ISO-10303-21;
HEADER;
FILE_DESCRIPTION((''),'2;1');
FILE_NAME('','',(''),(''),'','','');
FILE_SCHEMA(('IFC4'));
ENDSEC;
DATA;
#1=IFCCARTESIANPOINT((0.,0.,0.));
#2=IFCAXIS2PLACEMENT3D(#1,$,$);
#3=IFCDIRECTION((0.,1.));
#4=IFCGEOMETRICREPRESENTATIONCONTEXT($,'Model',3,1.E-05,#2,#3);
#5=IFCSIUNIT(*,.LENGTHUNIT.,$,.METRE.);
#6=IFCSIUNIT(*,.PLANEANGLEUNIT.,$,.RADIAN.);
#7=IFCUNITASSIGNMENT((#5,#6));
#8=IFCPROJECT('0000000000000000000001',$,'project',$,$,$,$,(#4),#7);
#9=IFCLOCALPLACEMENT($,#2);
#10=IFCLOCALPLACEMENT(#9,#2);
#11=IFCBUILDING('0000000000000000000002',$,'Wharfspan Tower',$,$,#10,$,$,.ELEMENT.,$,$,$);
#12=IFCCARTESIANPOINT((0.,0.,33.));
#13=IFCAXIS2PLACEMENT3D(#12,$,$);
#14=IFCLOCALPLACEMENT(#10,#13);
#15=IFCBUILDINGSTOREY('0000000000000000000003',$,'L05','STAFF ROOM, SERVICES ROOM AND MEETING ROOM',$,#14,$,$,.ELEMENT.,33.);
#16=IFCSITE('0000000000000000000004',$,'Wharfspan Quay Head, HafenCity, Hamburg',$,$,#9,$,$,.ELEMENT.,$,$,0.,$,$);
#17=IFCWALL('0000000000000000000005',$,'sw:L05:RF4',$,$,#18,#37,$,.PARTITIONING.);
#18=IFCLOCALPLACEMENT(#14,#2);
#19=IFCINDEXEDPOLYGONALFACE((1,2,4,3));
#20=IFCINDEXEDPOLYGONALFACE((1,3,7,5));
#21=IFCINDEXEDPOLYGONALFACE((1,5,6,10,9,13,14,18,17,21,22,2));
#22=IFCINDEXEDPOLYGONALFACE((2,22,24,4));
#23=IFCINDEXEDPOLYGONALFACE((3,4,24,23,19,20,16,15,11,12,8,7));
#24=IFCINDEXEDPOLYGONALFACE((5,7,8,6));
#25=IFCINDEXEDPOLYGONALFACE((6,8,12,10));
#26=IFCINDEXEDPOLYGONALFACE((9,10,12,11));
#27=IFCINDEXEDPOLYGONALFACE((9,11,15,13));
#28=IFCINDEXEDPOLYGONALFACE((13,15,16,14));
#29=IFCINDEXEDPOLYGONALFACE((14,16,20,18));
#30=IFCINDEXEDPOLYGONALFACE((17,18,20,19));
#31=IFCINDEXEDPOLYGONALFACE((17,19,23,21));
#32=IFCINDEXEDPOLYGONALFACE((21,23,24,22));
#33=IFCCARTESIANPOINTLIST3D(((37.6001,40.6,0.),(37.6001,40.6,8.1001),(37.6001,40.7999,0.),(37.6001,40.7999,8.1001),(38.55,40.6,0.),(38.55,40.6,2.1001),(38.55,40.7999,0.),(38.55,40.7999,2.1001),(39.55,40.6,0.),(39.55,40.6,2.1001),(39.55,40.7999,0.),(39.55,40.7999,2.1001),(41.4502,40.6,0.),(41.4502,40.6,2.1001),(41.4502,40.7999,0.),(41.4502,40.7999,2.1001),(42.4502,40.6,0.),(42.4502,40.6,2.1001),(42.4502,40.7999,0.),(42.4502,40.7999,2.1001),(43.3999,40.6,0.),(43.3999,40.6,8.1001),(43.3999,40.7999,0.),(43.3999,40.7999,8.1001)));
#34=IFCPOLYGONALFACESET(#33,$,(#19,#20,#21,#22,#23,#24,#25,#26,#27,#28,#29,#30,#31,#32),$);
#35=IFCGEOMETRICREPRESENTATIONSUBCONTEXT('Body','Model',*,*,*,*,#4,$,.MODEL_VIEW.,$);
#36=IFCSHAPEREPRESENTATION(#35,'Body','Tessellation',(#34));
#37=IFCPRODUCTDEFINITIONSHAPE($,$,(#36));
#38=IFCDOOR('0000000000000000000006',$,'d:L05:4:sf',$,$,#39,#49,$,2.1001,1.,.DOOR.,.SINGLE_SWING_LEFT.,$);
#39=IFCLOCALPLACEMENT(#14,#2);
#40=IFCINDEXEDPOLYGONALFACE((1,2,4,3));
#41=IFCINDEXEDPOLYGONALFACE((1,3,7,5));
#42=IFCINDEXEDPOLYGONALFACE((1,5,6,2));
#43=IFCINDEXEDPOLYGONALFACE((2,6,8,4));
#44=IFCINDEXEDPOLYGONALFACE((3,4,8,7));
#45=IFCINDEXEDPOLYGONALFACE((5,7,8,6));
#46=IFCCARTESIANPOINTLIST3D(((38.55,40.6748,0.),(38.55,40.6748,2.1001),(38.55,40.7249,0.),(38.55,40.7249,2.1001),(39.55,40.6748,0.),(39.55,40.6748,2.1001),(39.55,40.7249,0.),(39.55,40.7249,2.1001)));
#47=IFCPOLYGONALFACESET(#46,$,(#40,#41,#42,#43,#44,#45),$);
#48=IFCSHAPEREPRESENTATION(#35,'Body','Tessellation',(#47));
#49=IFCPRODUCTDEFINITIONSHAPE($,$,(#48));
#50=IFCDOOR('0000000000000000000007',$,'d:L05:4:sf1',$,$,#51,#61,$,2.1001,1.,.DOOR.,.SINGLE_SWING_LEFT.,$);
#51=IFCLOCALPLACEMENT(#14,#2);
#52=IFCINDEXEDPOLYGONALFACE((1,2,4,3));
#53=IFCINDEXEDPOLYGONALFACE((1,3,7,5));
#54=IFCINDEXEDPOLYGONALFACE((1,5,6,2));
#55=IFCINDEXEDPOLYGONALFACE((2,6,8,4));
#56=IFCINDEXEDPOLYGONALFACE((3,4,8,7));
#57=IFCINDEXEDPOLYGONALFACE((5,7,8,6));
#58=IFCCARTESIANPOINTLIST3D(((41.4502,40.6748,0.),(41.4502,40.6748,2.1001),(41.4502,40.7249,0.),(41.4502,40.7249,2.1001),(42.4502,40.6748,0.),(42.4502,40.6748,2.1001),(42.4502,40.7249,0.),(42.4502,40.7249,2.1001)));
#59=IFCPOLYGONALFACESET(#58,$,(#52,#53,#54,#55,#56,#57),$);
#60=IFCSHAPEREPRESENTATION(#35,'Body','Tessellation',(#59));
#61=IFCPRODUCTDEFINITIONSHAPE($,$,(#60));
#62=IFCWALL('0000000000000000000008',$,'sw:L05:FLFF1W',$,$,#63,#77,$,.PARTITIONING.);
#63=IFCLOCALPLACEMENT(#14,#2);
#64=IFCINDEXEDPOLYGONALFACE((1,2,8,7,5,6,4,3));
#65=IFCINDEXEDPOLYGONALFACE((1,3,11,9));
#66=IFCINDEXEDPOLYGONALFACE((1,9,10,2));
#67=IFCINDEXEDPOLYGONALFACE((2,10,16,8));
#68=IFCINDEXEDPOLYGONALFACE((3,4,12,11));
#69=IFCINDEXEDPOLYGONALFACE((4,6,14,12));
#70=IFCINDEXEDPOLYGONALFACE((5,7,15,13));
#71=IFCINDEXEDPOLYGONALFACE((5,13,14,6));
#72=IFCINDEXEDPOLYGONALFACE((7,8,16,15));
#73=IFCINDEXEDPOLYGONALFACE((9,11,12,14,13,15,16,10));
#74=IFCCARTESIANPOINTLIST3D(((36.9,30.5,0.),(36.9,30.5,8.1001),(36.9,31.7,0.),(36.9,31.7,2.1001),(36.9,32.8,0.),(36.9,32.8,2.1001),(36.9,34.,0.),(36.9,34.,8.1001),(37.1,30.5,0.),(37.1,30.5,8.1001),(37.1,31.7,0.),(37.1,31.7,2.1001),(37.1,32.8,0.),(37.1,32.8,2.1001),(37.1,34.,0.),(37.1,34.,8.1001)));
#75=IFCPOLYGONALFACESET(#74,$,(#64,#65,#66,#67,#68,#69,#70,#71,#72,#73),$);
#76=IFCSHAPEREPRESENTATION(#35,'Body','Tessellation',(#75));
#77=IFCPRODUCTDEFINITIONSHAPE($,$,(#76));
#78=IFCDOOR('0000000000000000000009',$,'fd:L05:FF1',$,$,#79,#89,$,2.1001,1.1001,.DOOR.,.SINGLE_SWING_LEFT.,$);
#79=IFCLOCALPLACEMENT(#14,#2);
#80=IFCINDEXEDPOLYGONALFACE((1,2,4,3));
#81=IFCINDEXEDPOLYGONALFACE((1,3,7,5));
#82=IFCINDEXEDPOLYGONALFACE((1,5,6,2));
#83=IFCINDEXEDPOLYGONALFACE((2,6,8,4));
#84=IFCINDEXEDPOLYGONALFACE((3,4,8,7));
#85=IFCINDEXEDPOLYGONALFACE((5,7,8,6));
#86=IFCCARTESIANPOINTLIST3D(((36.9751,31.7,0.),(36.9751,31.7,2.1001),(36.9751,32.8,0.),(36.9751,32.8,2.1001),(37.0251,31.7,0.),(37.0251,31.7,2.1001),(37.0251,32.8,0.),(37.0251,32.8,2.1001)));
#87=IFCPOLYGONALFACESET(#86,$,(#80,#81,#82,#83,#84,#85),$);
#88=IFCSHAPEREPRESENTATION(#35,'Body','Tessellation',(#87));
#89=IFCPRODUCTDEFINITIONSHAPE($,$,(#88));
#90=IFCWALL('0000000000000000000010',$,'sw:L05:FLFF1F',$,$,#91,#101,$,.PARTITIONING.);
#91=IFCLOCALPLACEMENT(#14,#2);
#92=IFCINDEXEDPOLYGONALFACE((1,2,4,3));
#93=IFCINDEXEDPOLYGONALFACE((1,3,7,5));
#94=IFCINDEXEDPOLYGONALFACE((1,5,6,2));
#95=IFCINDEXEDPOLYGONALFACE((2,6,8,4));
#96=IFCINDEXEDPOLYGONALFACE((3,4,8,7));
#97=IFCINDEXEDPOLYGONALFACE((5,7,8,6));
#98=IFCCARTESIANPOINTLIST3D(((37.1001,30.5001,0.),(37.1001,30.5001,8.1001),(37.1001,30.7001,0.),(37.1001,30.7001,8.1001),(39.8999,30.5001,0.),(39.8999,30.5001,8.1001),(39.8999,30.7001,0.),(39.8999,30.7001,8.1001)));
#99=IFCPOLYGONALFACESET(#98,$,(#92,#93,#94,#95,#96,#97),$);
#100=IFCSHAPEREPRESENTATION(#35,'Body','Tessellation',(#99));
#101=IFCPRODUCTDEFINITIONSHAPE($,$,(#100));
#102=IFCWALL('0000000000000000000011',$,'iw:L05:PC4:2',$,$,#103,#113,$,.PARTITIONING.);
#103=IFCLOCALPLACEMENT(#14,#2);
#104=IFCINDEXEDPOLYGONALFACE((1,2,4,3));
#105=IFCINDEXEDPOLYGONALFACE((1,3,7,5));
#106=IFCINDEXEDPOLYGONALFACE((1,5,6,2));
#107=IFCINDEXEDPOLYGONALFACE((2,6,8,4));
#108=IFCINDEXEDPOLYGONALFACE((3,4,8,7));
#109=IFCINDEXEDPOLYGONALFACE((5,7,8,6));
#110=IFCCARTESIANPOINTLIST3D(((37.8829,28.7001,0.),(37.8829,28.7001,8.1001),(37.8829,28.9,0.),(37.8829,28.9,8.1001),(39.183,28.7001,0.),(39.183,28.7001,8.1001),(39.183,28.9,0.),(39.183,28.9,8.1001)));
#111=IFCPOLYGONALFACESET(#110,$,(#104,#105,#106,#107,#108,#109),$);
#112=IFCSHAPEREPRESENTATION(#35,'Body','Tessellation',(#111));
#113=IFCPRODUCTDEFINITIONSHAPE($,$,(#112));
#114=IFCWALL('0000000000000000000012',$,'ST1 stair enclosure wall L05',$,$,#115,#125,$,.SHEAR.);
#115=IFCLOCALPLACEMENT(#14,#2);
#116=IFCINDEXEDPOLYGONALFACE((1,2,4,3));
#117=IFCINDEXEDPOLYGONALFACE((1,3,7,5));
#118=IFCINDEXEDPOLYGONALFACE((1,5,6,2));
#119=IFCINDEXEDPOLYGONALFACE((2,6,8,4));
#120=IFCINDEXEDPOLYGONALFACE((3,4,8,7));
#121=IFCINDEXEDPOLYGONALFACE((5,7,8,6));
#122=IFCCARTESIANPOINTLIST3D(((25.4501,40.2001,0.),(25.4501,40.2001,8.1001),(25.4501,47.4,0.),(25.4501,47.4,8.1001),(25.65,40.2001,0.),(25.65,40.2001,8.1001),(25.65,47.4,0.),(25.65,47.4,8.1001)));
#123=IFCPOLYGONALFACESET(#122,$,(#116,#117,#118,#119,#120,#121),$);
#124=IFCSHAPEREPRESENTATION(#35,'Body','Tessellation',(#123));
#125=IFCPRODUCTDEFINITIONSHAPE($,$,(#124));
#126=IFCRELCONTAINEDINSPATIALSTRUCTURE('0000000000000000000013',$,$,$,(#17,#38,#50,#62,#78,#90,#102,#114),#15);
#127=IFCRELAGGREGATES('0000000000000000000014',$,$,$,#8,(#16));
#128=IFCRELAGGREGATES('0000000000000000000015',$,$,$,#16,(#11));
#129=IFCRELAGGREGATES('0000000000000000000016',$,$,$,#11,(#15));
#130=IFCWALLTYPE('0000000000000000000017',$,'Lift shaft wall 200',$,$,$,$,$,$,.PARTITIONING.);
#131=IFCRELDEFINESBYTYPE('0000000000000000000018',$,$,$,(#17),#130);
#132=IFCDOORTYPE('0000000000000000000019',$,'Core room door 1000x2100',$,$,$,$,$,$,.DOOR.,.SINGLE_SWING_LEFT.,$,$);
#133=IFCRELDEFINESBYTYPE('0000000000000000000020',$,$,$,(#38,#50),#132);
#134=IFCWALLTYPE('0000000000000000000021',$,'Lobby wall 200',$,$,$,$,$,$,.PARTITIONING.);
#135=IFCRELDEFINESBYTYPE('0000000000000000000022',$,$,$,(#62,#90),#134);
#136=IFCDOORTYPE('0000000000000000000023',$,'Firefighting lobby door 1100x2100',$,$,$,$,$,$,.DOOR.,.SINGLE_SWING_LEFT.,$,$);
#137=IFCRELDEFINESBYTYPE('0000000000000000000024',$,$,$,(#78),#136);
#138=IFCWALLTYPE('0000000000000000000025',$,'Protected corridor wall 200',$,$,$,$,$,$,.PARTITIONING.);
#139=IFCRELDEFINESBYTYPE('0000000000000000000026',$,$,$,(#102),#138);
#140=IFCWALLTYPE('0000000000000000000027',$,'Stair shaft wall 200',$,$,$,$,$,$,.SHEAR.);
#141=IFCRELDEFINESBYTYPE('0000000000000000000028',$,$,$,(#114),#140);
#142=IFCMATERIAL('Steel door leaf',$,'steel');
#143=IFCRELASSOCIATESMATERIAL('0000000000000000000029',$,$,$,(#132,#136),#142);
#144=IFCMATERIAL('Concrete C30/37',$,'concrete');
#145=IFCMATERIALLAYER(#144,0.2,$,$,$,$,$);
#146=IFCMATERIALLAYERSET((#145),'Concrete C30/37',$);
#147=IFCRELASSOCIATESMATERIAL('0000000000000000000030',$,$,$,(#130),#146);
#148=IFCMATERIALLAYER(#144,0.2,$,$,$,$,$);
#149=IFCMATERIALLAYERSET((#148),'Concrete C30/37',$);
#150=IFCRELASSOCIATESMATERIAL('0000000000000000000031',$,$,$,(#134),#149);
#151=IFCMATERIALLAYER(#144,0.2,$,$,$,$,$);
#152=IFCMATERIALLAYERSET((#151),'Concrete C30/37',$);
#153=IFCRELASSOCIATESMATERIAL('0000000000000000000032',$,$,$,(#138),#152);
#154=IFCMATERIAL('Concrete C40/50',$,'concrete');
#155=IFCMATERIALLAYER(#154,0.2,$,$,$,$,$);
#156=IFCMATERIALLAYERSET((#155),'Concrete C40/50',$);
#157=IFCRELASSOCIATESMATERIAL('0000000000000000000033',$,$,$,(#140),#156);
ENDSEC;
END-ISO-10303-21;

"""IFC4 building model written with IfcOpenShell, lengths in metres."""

from ifc_helpers import new_model, si_unit, direction, frame, frame_2d, origin, place, context, subcontext, project, spatial, rectangle, extrude, material, layer, layer_set, type_object, element, fill, save


model = new_model("IFC4")

# Units and contexts
model_context = context("Model", 3, precision=1e-05, world=origin(), true_north=direction((0.0, 1.0)))
body_context = subcontext(model_context, "Body", "Model", "MODEL_VIEW")
ifc_project = project(units=[si_unit("LENGTHUNIT", "METRE"), si_unit("PLANEANGLEUNIT", "RADIAN")], contexts=[model_context])

# Site, building, storey
site_placement = place(None, origin())
site = spatial("IfcSite", under=ifc_project, at=site_placement, Name="Wharfspan Quay Head, HafenCity, Hamburg", CompositionType="ELEMENT", RefElevation=0.0)
building_placement = place(site_placement, origin())
building = spatial("IfcBuilding", under=site, at=building_placement, Name="Wharfspan Tower", CompositionType="ELEMENT")
storey_placement = place(building_placement, frame((0.0, 0.0, 33.0)))
storey = spatial("IfcBuildingStorey", under=building, at=storey_placement, Name="L05", Description="STAFF ROOM, SERVICES ROOM AND MEETING ROOM", CompositionType="ELEMENT", Elevation=33.0)

# Shared definitions
ifc_material_1 = material(Name="Steel door leaf", Category="steel")

# Wall, openings, doors
door_type_1 = type_object("IfcDoorType", Name="Core room door 1000x2100", OperationType="SINGLE_SWING_LEFT", PredefinedType="DOOR", material=ifc_material_1)
ifc_material_2 = material(Name="Concrete C30/37", Category="concrete")
ifc_layer_1 = layer(ifc_material_2, 0.2)
ifc_layer_set_1 = layer_set([ifc_layer_1], Name="Concrete C30/37")
wall_type_1 = type_object("IfcWallType", Name="Lift shaft wall 200", PredefinedType="PARTITIONING", material=ifc_layer_set_1)
wall_1_placement = place(storey_placement, frame((37.6001, 40.7, 0.0), z_axis=(0.0, 0.0, 1.0), x_axis=(1.0, 0.0, 0.0)))
wall_1 = element("IfcWall", 1, at=wall_1_placement, inside=storey, type_object=wall_type_1, Name="sw:L05:RF4", PredefinedType="PARTITIONING", context=body_context, shape_type="SweptSolid", body=[
    extrude(rectangle(XDim=5.7998, YDim=0.2, at=frame_2d((2.8999, 0.0))), origin(), (0.0, 0.0, 1.0), 8.1001),
])
opening_1_placement = place(wall_1_placement, frame((0.95, 0.0, 0.0)))
opening_1 = element("IfcOpeningElement", 2, at=opening_1_placement, cuts=wall_1, PredefinedType="OPENING", context=body_context, shape_type="SweptSolid", body=[
    extrude(rectangle(XDim=1.0, YDim=2.1001, at=frame_2d((0.5, 1.05))), frame((0.0, 0.1099, 0.0), z_axis=(0.0, -1.0, 0.0), x_axis=(1.0, 0.0, 0.0)), (0.0, 0.0, 1.0), 0.22),
])
opening_2_placement = place(wall_1_placement, frame((3.8501, 0.0, 0.0)))
opening_2 = element("IfcOpeningElement", 3, at=opening_2_placement, cuts=wall_1, PredefinedType="OPENING", context=body_context, shape_type="SweptSolid", body=[
    extrude(rectangle(XDim=1.0, YDim=2.1001, at=frame_2d((0.5, 1.05))), frame((0.0, 0.1099, 0.0), z_axis=(0.0, -1.0, 0.0), x_axis=(1.0, 0.0, 0.0)), (0.0, 0.0, 1.0), 0.22),
])
door_1_placement = place(opening_1_placement, origin())
door_1 = element("IfcDoor", 4, at=door_1_placement, inside=storey, type_object=door_type_1, Name="d:L05:4:sf", OperationType="SINGLE_SWING_LEFT", OverallHeight=2.1001, OverallWidth=1.0, PredefinedType="DOOR", context=body_context, shape_type="SweptSolid", body=[
    extrude(rectangle(XDim=1.0, YDim=2.1001, at=frame_2d((0.5, 1.05))), frame((0.0, 0.0249, 0.0), z_axis=(0.0, -1.0, 0.0), x_axis=(1.0, 0.0, 0.0)), (0.0, 0.0, 1.0), 0.05),
])
fill(opening_1, door_1)
door_2_placement = place(opening_2_placement, origin())
door_2 = element("IfcDoor", 5, at=door_2_placement, inside=storey, type_object=door_type_1, Name="d:L05:4:sf1", OperationType="SINGLE_SWING_LEFT", OverallHeight=2.1001, OverallWidth=1.0, PredefinedType="DOOR", context=body_context, shape_type="SweptSolid", body=[
    extrude(rectangle(XDim=1.0, YDim=2.1001, at=frame_2d((0.5, 1.05))), frame((0.0, 0.0249, 0.0), z_axis=(0.0, -1.0, 0.0), x_axis=(1.0, 0.0, 0.0)), (0.0, 0.0, 1.0), 0.05),
])
fill(opening_2, door_2)

# Wall, opening, door
ifc_layer_2 = layer(ifc_material_2, 0.2)
ifc_layer_set_2 = layer_set([ifc_layer_2], Name="Concrete C30/37")
wall_type_2 = type_object("IfcWallType", Name="Lobby wall 200", PredefinedType="PARTITIONING", material=ifc_layer_set_2)
wall_2_placement = place(storey_placement, frame((37.0, 30.5, 0.0), z_axis=(0.0, 0.0, 1.0), x_axis=(0.0, 1.0, 0.0)))
wall_2 = element("IfcWall", 6, at=wall_2_placement, inside=storey, type_object=wall_type_2, Name="sw:L05:FLFF1W", PredefinedType="PARTITIONING", context=body_context, shape_type="SweptSolid", body=[
    extrude(rectangle(XDim=3.5, YDim=0.2, at=frame_2d((1.75, 0.0))), origin(), (0.0, 0.0, 1.0), 8.1001),
])
opening_3_placement = place(wall_2_placement, frame((1.2, 0.0, 0.0)))
opening_3 = element("IfcOpeningElement", 7, at=opening_3_placement, cuts=wall_2, PredefinedType="OPENING", context=body_context, shape_type="SweptSolid", body=[
    extrude(rectangle(XDim=1.1001, YDim=2.1001, at=frame_2d((0.55, 1.05))), frame((0.0, 0.1099, 0.0), z_axis=(0.0, -1.0, 0.0), x_axis=(1.0, 0.0, 0.0)), (0.0, 0.0, 1.0), 0.22),
])
door_type_2 = type_object("IfcDoorType", Name="Firefighting lobby door 1100x2100", OperationType="SINGLE_SWING_LEFT", PredefinedType="DOOR", material=ifc_material_1)
door_3_placement = place(opening_3_placement, origin())
door_3 = element("IfcDoor", 8, at=door_3_placement, inside=storey, type_object=door_type_2, Name="fd:L05:FF1", OperationType="SINGLE_SWING_LEFT", OverallHeight=2.1001, OverallWidth=1.1001, PredefinedType="DOOR", context=body_context, shape_type="SweptSolid", body=[
    extrude(rectangle(XDim=1.1001, YDim=2.1001, at=frame_2d((0.55, 1.05))), frame((0.0, 0.0249, 0.0), z_axis=(0.0, -1.0, 0.0), x_axis=(1.0, 0.0, 0.0)), (0.0, 0.0, 1.0), 0.05),
])
fill(opening_3, door_3)

# Walls
wall_3_placement = place(storey_placement, frame((37.1001, 30.6001, 0.0), z_axis=(0.0, 0.0, 1.0), x_axis=(1.0, 0.0, 0.0)))
element("IfcWall", 9, at=wall_3_placement, inside=storey, type_object=wall_type_2, Name="sw:L05:FLFF1F", PredefinedType="PARTITIONING", context=body_context, shape_type="SweptSolid", body=[
    extrude(rectangle(XDim=2.7998, YDim=0.2, at=frame_2d((1.3999, 0.0))), origin(), (0.0, 0.0, 1.0), 8.1001),
])
ifc_layer_3 = layer(ifc_material_2, 0.2)
ifc_layer_set_3 = layer_set([ifc_layer_3], Name="Concrete C30/37")
wall_type_3 = type_object("IfcWallType", Name="Protected corridor wall 200", PredefinedType="PARTITIONING", material=ifc_layer_set_3)
wall_4_placement = place(storey_placement, frame((37.8831, 28.8, 0.0), z_axis=(0.0, 0.0, 1.0), x_axis=(1.0, 0.0, 0.0)))
element("IfcWall", 10, at=wall_4_placement, inside=storey, type_object=wall_type_3, Name="iw:L05:PC4:2", PredefinedType="PARTITIONING", context=body_context, shape_type="SweptSolid", body=[
    extrude(rectangle(XDim=1.3, YDim=0.2, at=frame_2d((0.6499, 0.0))), origin(), (0.0, 0.0, 1.0), 8.1001),
])
ifc_material_3 = material(Name="Concrete C40/50", Category="concrete")
ifc_layer_4 = layer(ifc_material_3, 0.2)
ifc_layer_set_4 = layer_set([ifc_layer_4], Name="Concrete C40/50")
wall_type_4 = type_object("IfcWallType", Name="Stair shaft wall 200", PredefinedType="SHEAR", material=ifc_layer_set_4)
wall_5_placement = place(storey_placement, frame((25.55, 40.2, 0.0), z_axis=(0.0, 0.0, 1.0), x_axis=(0.0, 1.0, 0.0)))
element("IfcWall", 11, at=wall_5_placement, inside=storey, type_object=wall_type_4, Name="ST1 stair enclosure wall L05", PredefinedType="SHEAR", context=body_context, shape_type="SweptSolid", body=[
    extrude(rectangle(XDim=7.2, YDim=0.2, at=frame_2d((3.6001, 0.0))), origin(), (0.0, 0.0, 1.0), 8.1001),
])

save(model, "model.ifc")
